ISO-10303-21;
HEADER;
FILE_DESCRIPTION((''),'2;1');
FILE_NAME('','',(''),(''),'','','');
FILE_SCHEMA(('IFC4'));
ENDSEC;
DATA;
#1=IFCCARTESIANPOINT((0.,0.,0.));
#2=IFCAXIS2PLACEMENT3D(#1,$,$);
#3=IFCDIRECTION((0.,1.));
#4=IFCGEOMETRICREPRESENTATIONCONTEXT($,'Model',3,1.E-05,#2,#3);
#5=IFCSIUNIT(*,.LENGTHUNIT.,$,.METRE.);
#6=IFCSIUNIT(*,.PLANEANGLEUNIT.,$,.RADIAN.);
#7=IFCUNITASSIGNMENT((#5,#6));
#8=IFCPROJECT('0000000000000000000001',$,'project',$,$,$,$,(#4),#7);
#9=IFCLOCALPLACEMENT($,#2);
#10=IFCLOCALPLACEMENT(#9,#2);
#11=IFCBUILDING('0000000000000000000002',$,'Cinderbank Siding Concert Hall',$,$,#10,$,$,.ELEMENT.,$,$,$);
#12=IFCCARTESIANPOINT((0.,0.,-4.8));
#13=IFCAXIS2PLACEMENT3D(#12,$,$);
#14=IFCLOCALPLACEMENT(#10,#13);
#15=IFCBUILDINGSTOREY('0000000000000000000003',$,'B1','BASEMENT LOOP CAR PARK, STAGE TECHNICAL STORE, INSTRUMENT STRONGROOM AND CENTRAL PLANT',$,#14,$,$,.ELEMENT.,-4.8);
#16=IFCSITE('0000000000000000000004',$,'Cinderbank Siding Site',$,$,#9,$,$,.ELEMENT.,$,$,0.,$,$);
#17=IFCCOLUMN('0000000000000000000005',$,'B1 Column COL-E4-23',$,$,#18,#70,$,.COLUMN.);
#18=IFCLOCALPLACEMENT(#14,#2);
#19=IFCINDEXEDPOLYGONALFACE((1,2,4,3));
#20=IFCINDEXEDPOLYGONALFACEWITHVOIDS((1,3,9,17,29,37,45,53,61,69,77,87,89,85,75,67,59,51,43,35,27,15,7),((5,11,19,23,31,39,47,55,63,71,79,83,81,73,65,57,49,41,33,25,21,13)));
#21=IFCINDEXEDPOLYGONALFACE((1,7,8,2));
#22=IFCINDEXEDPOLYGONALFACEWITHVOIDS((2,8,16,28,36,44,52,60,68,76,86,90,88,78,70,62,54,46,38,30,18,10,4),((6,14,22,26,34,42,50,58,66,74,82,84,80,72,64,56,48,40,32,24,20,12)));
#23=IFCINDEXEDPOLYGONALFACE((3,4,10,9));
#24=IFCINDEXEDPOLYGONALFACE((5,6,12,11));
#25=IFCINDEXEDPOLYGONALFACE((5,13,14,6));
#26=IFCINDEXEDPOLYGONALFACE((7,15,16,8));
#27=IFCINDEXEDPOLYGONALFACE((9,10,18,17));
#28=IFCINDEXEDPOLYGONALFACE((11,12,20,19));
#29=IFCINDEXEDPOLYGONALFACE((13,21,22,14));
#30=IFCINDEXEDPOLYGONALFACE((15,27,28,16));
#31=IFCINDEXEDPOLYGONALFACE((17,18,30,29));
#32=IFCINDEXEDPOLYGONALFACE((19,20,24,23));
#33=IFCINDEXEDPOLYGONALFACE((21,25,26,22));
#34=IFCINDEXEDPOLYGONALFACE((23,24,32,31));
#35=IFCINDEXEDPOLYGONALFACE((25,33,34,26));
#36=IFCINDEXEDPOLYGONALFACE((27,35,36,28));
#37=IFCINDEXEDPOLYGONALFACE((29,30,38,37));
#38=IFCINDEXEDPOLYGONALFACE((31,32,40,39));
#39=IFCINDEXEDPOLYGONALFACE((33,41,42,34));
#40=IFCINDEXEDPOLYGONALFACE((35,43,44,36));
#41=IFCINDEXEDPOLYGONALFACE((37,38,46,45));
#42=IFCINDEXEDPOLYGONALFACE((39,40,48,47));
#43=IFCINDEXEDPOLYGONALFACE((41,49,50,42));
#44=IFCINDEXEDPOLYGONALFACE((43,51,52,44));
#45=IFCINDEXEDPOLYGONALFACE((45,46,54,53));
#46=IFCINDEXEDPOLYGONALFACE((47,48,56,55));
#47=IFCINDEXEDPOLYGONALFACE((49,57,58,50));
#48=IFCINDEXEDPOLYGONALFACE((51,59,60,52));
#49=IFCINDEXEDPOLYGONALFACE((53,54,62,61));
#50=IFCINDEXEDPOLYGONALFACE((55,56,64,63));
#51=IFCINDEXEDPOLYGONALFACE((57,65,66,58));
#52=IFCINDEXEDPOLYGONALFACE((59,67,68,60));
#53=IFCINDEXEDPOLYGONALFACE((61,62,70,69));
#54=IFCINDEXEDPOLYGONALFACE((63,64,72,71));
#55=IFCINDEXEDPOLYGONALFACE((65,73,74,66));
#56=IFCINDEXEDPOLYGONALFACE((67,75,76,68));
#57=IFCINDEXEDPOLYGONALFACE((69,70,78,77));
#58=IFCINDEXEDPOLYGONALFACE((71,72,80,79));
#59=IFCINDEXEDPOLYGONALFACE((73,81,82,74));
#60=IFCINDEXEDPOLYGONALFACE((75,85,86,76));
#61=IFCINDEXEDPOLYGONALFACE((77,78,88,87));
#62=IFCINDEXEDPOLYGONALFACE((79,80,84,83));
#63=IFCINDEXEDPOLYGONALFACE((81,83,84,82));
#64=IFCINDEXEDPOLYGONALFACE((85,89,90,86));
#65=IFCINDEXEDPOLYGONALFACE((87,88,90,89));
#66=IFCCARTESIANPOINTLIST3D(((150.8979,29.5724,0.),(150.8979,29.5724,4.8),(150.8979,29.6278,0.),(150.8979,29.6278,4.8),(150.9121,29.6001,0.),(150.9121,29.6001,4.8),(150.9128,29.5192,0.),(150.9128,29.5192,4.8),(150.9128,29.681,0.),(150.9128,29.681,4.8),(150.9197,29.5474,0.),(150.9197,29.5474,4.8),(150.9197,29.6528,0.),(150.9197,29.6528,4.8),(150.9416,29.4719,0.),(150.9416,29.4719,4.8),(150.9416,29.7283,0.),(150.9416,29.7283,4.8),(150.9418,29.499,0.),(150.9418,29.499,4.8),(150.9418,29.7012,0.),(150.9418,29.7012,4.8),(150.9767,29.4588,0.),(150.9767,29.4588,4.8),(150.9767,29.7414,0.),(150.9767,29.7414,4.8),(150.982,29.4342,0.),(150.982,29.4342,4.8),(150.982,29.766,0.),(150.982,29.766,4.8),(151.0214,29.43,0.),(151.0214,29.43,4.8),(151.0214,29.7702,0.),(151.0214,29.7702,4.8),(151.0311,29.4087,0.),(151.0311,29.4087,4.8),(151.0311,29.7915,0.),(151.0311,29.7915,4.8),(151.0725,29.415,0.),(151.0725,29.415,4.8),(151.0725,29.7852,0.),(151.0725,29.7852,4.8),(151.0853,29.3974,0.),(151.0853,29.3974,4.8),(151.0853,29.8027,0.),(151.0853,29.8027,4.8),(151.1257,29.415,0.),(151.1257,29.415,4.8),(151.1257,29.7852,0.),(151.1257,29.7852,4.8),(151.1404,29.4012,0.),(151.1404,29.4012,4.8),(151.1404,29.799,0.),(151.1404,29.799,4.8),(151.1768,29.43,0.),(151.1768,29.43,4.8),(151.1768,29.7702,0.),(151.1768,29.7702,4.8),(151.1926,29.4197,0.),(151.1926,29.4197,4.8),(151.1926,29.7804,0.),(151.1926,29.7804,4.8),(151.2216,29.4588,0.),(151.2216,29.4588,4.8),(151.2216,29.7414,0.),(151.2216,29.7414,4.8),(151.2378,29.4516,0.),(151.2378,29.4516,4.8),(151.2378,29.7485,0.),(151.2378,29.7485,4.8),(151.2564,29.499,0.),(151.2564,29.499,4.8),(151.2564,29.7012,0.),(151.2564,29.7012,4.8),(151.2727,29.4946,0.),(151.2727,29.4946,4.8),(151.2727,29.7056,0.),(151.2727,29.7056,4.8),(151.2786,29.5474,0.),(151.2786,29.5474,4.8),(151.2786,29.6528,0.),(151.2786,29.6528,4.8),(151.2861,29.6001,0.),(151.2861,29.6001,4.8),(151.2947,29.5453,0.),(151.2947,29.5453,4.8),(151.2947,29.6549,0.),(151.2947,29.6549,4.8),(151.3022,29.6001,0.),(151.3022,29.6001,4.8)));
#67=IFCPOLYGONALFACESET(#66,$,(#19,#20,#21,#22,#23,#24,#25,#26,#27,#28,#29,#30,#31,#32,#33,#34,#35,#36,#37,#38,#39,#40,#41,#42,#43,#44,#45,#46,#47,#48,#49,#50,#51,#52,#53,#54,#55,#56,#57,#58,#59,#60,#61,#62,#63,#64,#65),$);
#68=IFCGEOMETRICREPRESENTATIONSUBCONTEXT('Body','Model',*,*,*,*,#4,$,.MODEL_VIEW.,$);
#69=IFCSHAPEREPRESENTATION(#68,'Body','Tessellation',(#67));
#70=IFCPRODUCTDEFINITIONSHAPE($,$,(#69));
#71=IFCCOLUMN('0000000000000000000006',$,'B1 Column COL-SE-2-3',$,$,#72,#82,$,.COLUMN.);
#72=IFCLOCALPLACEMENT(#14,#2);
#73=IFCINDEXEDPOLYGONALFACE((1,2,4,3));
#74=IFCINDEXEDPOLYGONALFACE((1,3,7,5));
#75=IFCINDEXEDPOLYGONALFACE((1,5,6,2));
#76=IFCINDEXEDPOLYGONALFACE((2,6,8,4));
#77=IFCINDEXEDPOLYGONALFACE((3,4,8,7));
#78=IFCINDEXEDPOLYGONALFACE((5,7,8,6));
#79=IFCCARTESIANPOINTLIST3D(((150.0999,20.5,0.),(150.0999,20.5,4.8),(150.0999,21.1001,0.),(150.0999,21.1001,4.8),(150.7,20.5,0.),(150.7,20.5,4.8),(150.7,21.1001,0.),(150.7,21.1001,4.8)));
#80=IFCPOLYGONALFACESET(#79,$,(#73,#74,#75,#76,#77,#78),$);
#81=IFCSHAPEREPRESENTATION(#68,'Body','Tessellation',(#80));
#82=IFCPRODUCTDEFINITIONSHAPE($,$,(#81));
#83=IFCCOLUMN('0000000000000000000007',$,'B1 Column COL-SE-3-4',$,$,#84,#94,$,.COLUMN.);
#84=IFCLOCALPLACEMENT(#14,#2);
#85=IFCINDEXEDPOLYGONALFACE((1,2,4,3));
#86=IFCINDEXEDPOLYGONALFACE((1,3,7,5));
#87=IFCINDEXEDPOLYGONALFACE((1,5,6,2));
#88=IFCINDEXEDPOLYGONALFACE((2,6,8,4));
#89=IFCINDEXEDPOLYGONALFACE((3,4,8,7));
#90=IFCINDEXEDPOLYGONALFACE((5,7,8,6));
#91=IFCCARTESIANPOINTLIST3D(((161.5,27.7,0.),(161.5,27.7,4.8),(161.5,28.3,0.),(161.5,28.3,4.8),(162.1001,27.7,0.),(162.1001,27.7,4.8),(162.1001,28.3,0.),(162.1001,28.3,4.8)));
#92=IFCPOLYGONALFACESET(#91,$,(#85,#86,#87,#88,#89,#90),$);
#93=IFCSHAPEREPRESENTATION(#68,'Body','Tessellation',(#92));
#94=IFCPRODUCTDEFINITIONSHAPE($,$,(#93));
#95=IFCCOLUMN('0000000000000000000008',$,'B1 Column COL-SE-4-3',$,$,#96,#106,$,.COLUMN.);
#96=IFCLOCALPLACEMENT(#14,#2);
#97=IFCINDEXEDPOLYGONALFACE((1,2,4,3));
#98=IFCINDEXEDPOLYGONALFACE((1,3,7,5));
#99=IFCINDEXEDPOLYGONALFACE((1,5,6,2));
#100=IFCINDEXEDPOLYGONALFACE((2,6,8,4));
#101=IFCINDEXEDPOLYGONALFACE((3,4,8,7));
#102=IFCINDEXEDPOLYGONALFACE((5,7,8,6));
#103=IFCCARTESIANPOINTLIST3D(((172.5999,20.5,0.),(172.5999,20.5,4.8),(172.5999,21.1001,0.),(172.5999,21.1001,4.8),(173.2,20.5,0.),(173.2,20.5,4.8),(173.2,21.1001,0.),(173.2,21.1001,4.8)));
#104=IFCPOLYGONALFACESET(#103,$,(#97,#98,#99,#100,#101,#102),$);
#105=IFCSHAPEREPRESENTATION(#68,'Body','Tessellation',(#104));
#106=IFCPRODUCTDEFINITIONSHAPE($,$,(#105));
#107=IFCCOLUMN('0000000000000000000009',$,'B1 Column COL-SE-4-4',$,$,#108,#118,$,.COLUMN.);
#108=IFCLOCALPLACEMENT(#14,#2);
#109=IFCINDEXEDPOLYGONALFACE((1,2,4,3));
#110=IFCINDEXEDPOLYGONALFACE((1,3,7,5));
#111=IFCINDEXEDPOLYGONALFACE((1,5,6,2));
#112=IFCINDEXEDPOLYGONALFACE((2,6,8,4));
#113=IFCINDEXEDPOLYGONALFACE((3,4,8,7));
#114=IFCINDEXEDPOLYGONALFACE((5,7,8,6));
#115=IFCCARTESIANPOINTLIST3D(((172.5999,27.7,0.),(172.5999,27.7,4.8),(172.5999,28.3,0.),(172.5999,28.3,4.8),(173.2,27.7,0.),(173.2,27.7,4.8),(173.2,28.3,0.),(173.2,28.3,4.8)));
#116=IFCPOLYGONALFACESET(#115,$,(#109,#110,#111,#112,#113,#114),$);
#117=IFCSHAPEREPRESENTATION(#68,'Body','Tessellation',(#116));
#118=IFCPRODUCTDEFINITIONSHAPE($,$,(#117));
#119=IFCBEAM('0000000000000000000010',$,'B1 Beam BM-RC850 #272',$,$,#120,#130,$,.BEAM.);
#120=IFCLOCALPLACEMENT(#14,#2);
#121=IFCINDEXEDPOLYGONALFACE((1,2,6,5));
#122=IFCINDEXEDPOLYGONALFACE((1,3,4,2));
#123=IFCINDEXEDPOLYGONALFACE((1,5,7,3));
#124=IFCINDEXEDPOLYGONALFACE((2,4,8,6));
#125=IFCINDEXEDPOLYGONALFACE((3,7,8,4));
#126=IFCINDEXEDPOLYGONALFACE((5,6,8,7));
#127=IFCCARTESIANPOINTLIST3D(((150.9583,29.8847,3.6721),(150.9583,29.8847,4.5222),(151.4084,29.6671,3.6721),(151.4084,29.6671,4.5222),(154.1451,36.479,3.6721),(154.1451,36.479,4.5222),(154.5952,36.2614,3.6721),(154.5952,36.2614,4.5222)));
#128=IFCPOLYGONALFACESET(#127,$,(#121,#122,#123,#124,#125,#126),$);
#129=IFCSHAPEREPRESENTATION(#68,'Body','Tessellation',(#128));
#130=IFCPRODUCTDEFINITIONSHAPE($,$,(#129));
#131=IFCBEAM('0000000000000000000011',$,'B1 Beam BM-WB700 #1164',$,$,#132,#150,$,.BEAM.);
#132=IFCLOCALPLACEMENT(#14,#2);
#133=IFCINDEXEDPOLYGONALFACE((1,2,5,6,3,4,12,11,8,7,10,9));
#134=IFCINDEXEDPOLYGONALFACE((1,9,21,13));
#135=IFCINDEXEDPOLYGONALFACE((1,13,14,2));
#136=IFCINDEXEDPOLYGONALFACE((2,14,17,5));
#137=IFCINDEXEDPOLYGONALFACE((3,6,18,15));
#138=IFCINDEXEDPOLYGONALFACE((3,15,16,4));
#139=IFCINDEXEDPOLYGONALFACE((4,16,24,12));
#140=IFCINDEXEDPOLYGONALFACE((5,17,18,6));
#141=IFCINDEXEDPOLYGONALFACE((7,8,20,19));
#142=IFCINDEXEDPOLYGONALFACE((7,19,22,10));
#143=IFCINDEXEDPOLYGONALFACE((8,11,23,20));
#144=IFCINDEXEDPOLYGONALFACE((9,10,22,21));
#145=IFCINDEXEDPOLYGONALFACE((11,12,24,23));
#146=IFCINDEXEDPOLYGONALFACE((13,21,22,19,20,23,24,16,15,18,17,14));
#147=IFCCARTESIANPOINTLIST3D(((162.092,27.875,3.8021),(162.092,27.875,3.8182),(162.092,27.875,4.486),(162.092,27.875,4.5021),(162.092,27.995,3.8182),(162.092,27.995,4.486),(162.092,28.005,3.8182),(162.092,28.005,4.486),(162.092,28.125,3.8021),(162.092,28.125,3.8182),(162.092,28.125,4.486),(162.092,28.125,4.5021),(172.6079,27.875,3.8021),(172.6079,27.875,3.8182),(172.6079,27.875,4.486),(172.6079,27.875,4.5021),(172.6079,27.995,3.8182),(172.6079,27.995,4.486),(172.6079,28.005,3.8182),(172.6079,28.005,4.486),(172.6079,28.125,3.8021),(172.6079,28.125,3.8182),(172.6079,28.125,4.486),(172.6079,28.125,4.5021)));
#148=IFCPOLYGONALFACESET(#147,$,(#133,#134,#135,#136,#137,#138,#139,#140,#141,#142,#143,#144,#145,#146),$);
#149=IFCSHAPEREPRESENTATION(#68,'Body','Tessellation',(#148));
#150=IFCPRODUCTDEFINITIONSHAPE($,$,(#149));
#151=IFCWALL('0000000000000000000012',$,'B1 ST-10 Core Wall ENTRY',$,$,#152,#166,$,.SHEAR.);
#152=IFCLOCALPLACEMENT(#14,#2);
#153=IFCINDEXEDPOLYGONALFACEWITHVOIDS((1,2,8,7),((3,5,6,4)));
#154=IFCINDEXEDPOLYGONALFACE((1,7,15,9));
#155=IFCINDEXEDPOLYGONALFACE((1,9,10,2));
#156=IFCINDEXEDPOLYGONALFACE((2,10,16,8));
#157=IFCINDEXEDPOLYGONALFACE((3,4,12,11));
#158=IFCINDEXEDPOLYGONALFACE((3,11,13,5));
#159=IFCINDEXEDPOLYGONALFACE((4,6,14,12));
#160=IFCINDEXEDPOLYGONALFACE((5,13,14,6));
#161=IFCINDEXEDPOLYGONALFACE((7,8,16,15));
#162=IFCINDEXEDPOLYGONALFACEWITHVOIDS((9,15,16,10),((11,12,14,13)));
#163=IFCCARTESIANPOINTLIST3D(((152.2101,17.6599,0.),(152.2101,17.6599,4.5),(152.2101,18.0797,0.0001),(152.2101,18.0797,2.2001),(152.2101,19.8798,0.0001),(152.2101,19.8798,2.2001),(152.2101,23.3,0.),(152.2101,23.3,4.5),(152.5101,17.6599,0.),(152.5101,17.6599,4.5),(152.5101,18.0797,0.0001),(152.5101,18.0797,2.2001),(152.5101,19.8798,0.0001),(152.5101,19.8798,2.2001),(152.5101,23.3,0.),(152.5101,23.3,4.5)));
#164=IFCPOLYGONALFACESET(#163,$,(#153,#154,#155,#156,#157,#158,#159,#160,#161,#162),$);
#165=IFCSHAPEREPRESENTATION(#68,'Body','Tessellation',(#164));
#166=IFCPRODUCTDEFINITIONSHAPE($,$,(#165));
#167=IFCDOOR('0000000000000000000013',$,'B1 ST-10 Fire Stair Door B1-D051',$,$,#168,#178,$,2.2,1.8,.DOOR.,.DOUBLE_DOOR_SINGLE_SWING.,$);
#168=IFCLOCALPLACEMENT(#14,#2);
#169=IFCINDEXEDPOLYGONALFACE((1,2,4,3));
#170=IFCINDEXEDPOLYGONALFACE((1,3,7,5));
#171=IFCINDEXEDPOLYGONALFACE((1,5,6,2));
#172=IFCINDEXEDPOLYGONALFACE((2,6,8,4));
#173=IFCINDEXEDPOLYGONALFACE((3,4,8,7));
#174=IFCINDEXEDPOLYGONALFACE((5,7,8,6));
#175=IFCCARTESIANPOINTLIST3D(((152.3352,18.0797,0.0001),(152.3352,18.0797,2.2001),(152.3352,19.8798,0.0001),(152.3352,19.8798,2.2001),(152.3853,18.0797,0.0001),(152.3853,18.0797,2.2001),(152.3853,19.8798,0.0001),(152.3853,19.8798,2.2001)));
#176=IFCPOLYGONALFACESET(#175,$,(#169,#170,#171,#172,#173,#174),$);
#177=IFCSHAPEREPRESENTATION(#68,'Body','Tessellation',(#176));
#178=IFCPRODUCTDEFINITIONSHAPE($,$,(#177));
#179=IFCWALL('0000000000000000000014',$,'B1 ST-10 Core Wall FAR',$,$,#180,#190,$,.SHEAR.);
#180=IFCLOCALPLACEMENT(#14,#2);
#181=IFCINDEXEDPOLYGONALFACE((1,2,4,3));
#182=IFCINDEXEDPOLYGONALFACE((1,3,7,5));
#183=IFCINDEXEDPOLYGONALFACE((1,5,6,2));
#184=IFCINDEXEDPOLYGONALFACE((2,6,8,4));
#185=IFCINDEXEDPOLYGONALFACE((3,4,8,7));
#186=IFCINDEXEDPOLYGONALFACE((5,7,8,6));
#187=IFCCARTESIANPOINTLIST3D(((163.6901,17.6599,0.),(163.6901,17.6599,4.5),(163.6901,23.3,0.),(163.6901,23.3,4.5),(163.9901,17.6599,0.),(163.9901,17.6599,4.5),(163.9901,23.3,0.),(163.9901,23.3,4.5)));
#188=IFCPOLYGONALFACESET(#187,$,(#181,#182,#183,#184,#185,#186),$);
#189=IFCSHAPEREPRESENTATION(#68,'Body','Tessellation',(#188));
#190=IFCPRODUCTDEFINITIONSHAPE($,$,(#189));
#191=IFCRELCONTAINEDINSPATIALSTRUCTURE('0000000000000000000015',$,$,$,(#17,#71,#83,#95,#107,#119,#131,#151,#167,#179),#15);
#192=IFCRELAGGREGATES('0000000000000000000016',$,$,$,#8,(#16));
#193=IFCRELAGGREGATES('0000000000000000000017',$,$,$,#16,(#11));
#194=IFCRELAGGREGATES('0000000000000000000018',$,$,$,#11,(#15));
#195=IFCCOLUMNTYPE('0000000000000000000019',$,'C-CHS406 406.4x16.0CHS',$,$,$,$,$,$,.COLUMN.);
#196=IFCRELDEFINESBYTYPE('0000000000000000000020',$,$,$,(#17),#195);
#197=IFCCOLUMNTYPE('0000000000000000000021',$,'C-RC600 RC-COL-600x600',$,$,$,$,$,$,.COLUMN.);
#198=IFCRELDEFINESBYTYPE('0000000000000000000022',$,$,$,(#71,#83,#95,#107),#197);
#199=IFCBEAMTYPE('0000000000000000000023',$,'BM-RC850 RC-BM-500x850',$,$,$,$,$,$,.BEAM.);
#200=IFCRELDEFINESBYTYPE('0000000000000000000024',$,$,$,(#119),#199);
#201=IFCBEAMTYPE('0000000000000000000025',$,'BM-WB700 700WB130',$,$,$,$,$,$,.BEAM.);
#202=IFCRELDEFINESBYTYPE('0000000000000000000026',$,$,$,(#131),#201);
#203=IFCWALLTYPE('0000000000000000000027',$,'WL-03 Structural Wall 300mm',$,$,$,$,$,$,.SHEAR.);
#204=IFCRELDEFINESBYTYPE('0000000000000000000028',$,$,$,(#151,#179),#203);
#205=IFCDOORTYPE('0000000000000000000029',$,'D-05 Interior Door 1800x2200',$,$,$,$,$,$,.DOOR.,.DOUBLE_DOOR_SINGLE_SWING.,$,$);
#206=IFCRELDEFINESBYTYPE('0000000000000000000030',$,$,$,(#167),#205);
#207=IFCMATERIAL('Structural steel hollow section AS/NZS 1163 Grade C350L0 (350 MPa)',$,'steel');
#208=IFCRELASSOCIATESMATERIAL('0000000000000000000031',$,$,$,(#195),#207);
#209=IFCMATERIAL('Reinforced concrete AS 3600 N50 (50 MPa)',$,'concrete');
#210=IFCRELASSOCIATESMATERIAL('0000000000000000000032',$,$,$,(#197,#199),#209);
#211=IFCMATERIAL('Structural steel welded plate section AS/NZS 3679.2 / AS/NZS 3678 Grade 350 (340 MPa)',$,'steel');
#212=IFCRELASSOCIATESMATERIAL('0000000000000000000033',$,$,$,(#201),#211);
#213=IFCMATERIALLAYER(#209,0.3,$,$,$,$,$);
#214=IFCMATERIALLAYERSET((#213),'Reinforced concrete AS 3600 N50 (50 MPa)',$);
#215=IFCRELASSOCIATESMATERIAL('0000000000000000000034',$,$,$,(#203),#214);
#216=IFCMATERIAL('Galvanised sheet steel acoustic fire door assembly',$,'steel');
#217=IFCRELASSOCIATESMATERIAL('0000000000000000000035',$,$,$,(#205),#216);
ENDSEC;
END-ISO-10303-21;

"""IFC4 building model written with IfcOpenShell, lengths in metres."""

from ifc_helpers import new_model, si_unit, direction, frame, frame_2d, origin, origin_2d, place, context, subcontext, project, spatial, rectangle, hollow_circle, i_section, extrude, material, layer, layer_set, material_profile, profile_set, type_object, element, fill, save


model = new_model("IFC4")

# Units and contexts
model_context = context("Model", 3, precision=1e-05, world=origin(), true_north=direction((0.0, 1.0)))
body_context = subcontext(model_context, "Body", "Model", "MODEL_VIEW")
ifc_project = project(units=[si_unit("LENGTHUNIT", "METRE"), si_unit("PLANEANGLEUNIT", "RADIAN")], contexts=[model_context])

# Site, building, storey
site_placement = place(None, origin())
site = spatial("IfcSite", under=ifc_project, at=site_placement, Name="Cinderbank Siding Site", CompositionType="ELEMENT", RefElevation=0.0)
building_placement = place(site_placement, origin())
building = spatial("IfcBuilding", under=site, at=building_placement, Name="Cinderbank Siding Concert Hall", CompositionType="ELEMENT")
storey_placement = place(building_placement, frame((0.0, 0.0, -4.8)))
storey = spatial("IfcBuildingStorey", under=building, at=storey_placement, Name="B1", Description="BASEMENT LOOP CAR PARK, STAGE TECHNICAL STORE, INSTRUMENT STRONGROOM AND CENTRAL PLANT", CompositionType="ELEMENT", Elevation=-4.8)

# Columns
ifc_material_1 = material(Name="Structural steel hollow section AS/NZS 1163 Grade C350L0 (350 MPa)", Category="steel")
ifc_material_profile_1 = material_profile(ifc_material_1, hollow_circle(Radius=0.2031, WallThickness=0.0161, at=origin_2d()), Name="406.4x16.0CHS", Category="LoadBearing")
ifc_profile_set_1 = profile_set([ifc_material_profile_1], Name="Structural steel hollow section AS/NZS 1163 Grade C350L0 (350 MPa)")
column_type_1 = type_object("IfcColumnType", Name="C-CHS406 406.4x16.0CHS", PredefinedType="COLUMN", material=ifc_profile_set_1)
column_placement = place(storey_placement, frame((151.0991, 29.6001, 0.0), z_axis=(0.0, 0.0, 1.0), x_axis=(1.0, 0.0, 0.0)))
element("IfcColumn", 1, at=column_placement, inside=storey, type_object=column_type_1, Name="B1 Column COL-E4-23", PredefinedType="COLUMN", context=body_context, shape_type="SweptSolid", body=[
    extrude(hollow_circle(Radius=0.2031, WallThickness=0.0161, at=origin_2d()), origin(), (0.0, 0.0, 1.0), 4.8),
])
ifc_material_2 = material(Name="Reinforced concrete AS 3600 N50 (50 MPa)", Category="concrete")
ifc_material_profile_2 = material_profile(ifc_material_2, rectangle(XDim=0.6001, YDim=0.6001, at=origin_2d()), Name="RC-COL-600x600", Category="LoadBearing")
ifc_profile_set_2 = profile_set([ifc_material_profile_2], Name="Reinforced concrete AS 3600 N50 (50 MPa)")
column_type_2 = type_object("IfcColumnType", Name="C-RC600 RC-COL-600x600", PredefinedType="COLUMN", material=ifc_profile_set_2)
for number, where, z_axis, x_axis, name in (
    (2, (150.3999, 20.8, 0.0), (0.0, 0.0, 1.0), (1.0, 0.0, 0.0), "B1 Column COL-SE-2-3"),
    (3, (161.8, 28.0, 0.0), (0.0, 0.0, 1.0), (1.0, 0.0, 0.0), "B1 Column COL-SE-3-4"),
    (4, (172.8999, 20.8, 0.0), (0.0, 0.0, 1.0), (1.0, 0.0, 0.0), "B1 Column COL-SE-4-3"),
    (5, (172.8999, 28.0, 0.0), (0.0, 0.0, 1.0), (1.0, 0.0, 0.0), "B1 Column COL-SE-4-4"),
):
    element("IfcColumn", number, at=place(storey_placement, frame(where, z_axis=z_axis, x_axis=x_axis)), inside=storey, type_object=column_type_2, Name=name, PredefinedType="COLUMN", context=body_context, shape_type="SweptSolid", body=[
        extrude(rectangle(XDim=0.6001, YDim=0.6001, at=origin_2d()), origin(), (0.0, 0.0, 1.0), 4.8),
    ])

# Beams
ifc_material_profile_3 = material_profile(ifc_material_2, rectangle(XDim=0.5, YDim=0.8501, at=origin_2d()), Name="RC-BM-500x850", Category="LoadBearing")
ifc_profile_set_3 = profile_set([ifc_material_profile_3], Name="Reinforced concrete AS 3600 N50 (50 MPa)")
beam_type_1 = type_object("IfcBeamType", Name="BM-RC850 RC-BM-500x850", PredefinedType="BEAM", material=ifc_profile_set_3)
beam_1_placement = place(storey_placement, frame((151.1833, 29.7759, 4.0972), z_axis=(0.435119, 0.900373, 0.0), x_axis=(-0.900373, 0.435119, 0.0)))
element("IfcBeam", 6, at=beam_1_placement, inside=storey, type_object=beam_type_1, Name="B1 Beam BM-RC850 #272", PredefinedType="BEAM", context=body_context, shape_type="SweptSolid", body=[
    extrude(rectangle(XDim=0.5, YDim=0.8501, at=origin_2d()), origin(), (0.0, 0.0, 1.0), 7.324),
])
ifc_material_3 = material(Name="Structural steel welded plate section AS/NZS 3679.2 / AS/NZS 3678 Grade 350 (340 MPa)", Category="steel")
ifc_material_profile_4 = material_profile(ifc_material_3, i_section(OverallWidth=0.25, OverallDepth=0.7, WebThickness=0.01, FlangeThickness=0.0161, at=origin_2d()), Name="700WB130", Category="LoadBearing")
ifc_profile_set_4 = profile_set([ifc_material_profile_4], Name="Structural steel welded plate section AS/NZS 3679.2 / AS/NZS 3678 Grade 350 (340 MPa)")
beam_type_2 = type_object("IfcBeamType", Name="BM-WB700 700WB130", PredefinedType="BEAM", material=ifc_profile_set_4)
beam_2_placement = place(storey_placement, frame((162.092, 28.0, 4.1521), z_axis=(1.0, 0.0, 0.0), x_axis=(0.0, 1.0, 0.0)))
element("IfcBeam", 7, at=beam_2_placement, inside=storey, type_object=beam_type_2, Name="B1 Beam BM-WB700 #1164", PredefinedType="BEAM", context=body_context, shape_type="SweptSolid", body=[
    extrude(i_section(OverallWidth=0.25, OverallDepth=0.7, WebThickness=0.01, FlangeThickness=0.0161, at=origin_2d()), origin(), (0.0, 0.0, 1.0), 10.5159),
])

# Wall, opening, door
ifc_layer_1 = layer(ifc_material_2, 0.3)
ifc_layer_set_1 = layer_set([ifc_layer_1], Name="Reinforced concrete AS 3600 N50 (50 MPa)")
wall_type = type_object("IfcWallType", Name="WL-03 Structural Wall 300mm", PredefinedType="SHEAR", material=ifc_layer_set_1)
wall_1_placement = place(storey_placement, frame((152.3601, 17.6599, 0.0), z_axis=(0.0, 0.0, 1.0), x_axis=(0.0, 1.0, 0.0)))
wall_1 = element("IfcWall", 8, at=wall_1_placement, inside=storey, type_object=wall_type, Name="B1 ST-10 Core Wall ENTRY", PredefinedType="SHEAR", context=body_context, shape_type="SweptSolid", body=[
    extrude(rectangle(XDim=5.6401, YDim=0.3, at=frame_2d((2.8201, 0.0))), origin(), (0.0, 0.0, 1.0), 4.5),
])
opening_placement = place(wall_1_placement, frame((0.4199, 0.0, 0.0)))
opening = element("IfcOpeningElement", 9, at=opening_placement, cuts=wall_1, PredefinedType="OPENING", context=body_context, shape_type="SweptSolid", body=[
    extrude(rectangle(XDim=1.8, YDim=2.2, at=frame_2d((0.8999, 1.1001))), frame((0.0, 0.1621, 0.0), z_axis=(0.0, -1.0, 0.0), x_axis=(1.0, 0.0, 0.0)), (0.0, 0.0, 1.0), 0.324),
])
ifc_material_4 = material(Name="Galvanised sheet steel acoustic fire door assembly", Category="steel")
door_type = type_object("IfcDoorType", Name="D-05 Interior Door 1800x2200", OperationType="DOUBLE_DOOR_SINGLE_SWING", PredefinedType="DOOR", material=ifc_material_4)
door_placement = place(opening_placement, origin())
door = element("IfcDoor", 10, at=door_placement, inside=storey, type_object=door_type, Name="B1 ST-10 Fire Stair Door B1-D051", OperationType="DOUBLE_DOOR_SINGLE_SWING", OverallHeight=2.2, OverallWidth=1.8, PredefinedType="DOOR", context=body_context, shape_type="SweptSolid", body=[
    extrude(rectangle(XDim=1.8, YDim=2.2, at=frame_2d((0.8999, 1.1001))), frame((0.0, 0.0249, 0.0), z_axis=(0.0, -1.0, 0.0), x_axis=(1.0, 0.0, 0.0)), (0.0, 0.0, 1.0), 0.05),
])
fill(opening, door)

# Wall
wall_2_placement = place(storey_placement, frame((163.8401, 23.3, 0.0), z_axis=(0.0, 0.0, 1.0), x_axis=(0.0, -1.0, 0.0)))
element("IfcWall", 11, at=wall_2_placement, inside=storey, type_object=wall_type, Name="B1 ST-10 Core Wall FAR", PredefinedType="SHEAR", context=body_context, shape_type="SweptSolid", body=[
    extrude(rectangle(XDim=5.6401, YDim=0.3, at=frame_2d((2.8201, 0.0))), origin(), (0.0, 0.0, 1.0), 4.5),
])

save(model, "model.ifc")
